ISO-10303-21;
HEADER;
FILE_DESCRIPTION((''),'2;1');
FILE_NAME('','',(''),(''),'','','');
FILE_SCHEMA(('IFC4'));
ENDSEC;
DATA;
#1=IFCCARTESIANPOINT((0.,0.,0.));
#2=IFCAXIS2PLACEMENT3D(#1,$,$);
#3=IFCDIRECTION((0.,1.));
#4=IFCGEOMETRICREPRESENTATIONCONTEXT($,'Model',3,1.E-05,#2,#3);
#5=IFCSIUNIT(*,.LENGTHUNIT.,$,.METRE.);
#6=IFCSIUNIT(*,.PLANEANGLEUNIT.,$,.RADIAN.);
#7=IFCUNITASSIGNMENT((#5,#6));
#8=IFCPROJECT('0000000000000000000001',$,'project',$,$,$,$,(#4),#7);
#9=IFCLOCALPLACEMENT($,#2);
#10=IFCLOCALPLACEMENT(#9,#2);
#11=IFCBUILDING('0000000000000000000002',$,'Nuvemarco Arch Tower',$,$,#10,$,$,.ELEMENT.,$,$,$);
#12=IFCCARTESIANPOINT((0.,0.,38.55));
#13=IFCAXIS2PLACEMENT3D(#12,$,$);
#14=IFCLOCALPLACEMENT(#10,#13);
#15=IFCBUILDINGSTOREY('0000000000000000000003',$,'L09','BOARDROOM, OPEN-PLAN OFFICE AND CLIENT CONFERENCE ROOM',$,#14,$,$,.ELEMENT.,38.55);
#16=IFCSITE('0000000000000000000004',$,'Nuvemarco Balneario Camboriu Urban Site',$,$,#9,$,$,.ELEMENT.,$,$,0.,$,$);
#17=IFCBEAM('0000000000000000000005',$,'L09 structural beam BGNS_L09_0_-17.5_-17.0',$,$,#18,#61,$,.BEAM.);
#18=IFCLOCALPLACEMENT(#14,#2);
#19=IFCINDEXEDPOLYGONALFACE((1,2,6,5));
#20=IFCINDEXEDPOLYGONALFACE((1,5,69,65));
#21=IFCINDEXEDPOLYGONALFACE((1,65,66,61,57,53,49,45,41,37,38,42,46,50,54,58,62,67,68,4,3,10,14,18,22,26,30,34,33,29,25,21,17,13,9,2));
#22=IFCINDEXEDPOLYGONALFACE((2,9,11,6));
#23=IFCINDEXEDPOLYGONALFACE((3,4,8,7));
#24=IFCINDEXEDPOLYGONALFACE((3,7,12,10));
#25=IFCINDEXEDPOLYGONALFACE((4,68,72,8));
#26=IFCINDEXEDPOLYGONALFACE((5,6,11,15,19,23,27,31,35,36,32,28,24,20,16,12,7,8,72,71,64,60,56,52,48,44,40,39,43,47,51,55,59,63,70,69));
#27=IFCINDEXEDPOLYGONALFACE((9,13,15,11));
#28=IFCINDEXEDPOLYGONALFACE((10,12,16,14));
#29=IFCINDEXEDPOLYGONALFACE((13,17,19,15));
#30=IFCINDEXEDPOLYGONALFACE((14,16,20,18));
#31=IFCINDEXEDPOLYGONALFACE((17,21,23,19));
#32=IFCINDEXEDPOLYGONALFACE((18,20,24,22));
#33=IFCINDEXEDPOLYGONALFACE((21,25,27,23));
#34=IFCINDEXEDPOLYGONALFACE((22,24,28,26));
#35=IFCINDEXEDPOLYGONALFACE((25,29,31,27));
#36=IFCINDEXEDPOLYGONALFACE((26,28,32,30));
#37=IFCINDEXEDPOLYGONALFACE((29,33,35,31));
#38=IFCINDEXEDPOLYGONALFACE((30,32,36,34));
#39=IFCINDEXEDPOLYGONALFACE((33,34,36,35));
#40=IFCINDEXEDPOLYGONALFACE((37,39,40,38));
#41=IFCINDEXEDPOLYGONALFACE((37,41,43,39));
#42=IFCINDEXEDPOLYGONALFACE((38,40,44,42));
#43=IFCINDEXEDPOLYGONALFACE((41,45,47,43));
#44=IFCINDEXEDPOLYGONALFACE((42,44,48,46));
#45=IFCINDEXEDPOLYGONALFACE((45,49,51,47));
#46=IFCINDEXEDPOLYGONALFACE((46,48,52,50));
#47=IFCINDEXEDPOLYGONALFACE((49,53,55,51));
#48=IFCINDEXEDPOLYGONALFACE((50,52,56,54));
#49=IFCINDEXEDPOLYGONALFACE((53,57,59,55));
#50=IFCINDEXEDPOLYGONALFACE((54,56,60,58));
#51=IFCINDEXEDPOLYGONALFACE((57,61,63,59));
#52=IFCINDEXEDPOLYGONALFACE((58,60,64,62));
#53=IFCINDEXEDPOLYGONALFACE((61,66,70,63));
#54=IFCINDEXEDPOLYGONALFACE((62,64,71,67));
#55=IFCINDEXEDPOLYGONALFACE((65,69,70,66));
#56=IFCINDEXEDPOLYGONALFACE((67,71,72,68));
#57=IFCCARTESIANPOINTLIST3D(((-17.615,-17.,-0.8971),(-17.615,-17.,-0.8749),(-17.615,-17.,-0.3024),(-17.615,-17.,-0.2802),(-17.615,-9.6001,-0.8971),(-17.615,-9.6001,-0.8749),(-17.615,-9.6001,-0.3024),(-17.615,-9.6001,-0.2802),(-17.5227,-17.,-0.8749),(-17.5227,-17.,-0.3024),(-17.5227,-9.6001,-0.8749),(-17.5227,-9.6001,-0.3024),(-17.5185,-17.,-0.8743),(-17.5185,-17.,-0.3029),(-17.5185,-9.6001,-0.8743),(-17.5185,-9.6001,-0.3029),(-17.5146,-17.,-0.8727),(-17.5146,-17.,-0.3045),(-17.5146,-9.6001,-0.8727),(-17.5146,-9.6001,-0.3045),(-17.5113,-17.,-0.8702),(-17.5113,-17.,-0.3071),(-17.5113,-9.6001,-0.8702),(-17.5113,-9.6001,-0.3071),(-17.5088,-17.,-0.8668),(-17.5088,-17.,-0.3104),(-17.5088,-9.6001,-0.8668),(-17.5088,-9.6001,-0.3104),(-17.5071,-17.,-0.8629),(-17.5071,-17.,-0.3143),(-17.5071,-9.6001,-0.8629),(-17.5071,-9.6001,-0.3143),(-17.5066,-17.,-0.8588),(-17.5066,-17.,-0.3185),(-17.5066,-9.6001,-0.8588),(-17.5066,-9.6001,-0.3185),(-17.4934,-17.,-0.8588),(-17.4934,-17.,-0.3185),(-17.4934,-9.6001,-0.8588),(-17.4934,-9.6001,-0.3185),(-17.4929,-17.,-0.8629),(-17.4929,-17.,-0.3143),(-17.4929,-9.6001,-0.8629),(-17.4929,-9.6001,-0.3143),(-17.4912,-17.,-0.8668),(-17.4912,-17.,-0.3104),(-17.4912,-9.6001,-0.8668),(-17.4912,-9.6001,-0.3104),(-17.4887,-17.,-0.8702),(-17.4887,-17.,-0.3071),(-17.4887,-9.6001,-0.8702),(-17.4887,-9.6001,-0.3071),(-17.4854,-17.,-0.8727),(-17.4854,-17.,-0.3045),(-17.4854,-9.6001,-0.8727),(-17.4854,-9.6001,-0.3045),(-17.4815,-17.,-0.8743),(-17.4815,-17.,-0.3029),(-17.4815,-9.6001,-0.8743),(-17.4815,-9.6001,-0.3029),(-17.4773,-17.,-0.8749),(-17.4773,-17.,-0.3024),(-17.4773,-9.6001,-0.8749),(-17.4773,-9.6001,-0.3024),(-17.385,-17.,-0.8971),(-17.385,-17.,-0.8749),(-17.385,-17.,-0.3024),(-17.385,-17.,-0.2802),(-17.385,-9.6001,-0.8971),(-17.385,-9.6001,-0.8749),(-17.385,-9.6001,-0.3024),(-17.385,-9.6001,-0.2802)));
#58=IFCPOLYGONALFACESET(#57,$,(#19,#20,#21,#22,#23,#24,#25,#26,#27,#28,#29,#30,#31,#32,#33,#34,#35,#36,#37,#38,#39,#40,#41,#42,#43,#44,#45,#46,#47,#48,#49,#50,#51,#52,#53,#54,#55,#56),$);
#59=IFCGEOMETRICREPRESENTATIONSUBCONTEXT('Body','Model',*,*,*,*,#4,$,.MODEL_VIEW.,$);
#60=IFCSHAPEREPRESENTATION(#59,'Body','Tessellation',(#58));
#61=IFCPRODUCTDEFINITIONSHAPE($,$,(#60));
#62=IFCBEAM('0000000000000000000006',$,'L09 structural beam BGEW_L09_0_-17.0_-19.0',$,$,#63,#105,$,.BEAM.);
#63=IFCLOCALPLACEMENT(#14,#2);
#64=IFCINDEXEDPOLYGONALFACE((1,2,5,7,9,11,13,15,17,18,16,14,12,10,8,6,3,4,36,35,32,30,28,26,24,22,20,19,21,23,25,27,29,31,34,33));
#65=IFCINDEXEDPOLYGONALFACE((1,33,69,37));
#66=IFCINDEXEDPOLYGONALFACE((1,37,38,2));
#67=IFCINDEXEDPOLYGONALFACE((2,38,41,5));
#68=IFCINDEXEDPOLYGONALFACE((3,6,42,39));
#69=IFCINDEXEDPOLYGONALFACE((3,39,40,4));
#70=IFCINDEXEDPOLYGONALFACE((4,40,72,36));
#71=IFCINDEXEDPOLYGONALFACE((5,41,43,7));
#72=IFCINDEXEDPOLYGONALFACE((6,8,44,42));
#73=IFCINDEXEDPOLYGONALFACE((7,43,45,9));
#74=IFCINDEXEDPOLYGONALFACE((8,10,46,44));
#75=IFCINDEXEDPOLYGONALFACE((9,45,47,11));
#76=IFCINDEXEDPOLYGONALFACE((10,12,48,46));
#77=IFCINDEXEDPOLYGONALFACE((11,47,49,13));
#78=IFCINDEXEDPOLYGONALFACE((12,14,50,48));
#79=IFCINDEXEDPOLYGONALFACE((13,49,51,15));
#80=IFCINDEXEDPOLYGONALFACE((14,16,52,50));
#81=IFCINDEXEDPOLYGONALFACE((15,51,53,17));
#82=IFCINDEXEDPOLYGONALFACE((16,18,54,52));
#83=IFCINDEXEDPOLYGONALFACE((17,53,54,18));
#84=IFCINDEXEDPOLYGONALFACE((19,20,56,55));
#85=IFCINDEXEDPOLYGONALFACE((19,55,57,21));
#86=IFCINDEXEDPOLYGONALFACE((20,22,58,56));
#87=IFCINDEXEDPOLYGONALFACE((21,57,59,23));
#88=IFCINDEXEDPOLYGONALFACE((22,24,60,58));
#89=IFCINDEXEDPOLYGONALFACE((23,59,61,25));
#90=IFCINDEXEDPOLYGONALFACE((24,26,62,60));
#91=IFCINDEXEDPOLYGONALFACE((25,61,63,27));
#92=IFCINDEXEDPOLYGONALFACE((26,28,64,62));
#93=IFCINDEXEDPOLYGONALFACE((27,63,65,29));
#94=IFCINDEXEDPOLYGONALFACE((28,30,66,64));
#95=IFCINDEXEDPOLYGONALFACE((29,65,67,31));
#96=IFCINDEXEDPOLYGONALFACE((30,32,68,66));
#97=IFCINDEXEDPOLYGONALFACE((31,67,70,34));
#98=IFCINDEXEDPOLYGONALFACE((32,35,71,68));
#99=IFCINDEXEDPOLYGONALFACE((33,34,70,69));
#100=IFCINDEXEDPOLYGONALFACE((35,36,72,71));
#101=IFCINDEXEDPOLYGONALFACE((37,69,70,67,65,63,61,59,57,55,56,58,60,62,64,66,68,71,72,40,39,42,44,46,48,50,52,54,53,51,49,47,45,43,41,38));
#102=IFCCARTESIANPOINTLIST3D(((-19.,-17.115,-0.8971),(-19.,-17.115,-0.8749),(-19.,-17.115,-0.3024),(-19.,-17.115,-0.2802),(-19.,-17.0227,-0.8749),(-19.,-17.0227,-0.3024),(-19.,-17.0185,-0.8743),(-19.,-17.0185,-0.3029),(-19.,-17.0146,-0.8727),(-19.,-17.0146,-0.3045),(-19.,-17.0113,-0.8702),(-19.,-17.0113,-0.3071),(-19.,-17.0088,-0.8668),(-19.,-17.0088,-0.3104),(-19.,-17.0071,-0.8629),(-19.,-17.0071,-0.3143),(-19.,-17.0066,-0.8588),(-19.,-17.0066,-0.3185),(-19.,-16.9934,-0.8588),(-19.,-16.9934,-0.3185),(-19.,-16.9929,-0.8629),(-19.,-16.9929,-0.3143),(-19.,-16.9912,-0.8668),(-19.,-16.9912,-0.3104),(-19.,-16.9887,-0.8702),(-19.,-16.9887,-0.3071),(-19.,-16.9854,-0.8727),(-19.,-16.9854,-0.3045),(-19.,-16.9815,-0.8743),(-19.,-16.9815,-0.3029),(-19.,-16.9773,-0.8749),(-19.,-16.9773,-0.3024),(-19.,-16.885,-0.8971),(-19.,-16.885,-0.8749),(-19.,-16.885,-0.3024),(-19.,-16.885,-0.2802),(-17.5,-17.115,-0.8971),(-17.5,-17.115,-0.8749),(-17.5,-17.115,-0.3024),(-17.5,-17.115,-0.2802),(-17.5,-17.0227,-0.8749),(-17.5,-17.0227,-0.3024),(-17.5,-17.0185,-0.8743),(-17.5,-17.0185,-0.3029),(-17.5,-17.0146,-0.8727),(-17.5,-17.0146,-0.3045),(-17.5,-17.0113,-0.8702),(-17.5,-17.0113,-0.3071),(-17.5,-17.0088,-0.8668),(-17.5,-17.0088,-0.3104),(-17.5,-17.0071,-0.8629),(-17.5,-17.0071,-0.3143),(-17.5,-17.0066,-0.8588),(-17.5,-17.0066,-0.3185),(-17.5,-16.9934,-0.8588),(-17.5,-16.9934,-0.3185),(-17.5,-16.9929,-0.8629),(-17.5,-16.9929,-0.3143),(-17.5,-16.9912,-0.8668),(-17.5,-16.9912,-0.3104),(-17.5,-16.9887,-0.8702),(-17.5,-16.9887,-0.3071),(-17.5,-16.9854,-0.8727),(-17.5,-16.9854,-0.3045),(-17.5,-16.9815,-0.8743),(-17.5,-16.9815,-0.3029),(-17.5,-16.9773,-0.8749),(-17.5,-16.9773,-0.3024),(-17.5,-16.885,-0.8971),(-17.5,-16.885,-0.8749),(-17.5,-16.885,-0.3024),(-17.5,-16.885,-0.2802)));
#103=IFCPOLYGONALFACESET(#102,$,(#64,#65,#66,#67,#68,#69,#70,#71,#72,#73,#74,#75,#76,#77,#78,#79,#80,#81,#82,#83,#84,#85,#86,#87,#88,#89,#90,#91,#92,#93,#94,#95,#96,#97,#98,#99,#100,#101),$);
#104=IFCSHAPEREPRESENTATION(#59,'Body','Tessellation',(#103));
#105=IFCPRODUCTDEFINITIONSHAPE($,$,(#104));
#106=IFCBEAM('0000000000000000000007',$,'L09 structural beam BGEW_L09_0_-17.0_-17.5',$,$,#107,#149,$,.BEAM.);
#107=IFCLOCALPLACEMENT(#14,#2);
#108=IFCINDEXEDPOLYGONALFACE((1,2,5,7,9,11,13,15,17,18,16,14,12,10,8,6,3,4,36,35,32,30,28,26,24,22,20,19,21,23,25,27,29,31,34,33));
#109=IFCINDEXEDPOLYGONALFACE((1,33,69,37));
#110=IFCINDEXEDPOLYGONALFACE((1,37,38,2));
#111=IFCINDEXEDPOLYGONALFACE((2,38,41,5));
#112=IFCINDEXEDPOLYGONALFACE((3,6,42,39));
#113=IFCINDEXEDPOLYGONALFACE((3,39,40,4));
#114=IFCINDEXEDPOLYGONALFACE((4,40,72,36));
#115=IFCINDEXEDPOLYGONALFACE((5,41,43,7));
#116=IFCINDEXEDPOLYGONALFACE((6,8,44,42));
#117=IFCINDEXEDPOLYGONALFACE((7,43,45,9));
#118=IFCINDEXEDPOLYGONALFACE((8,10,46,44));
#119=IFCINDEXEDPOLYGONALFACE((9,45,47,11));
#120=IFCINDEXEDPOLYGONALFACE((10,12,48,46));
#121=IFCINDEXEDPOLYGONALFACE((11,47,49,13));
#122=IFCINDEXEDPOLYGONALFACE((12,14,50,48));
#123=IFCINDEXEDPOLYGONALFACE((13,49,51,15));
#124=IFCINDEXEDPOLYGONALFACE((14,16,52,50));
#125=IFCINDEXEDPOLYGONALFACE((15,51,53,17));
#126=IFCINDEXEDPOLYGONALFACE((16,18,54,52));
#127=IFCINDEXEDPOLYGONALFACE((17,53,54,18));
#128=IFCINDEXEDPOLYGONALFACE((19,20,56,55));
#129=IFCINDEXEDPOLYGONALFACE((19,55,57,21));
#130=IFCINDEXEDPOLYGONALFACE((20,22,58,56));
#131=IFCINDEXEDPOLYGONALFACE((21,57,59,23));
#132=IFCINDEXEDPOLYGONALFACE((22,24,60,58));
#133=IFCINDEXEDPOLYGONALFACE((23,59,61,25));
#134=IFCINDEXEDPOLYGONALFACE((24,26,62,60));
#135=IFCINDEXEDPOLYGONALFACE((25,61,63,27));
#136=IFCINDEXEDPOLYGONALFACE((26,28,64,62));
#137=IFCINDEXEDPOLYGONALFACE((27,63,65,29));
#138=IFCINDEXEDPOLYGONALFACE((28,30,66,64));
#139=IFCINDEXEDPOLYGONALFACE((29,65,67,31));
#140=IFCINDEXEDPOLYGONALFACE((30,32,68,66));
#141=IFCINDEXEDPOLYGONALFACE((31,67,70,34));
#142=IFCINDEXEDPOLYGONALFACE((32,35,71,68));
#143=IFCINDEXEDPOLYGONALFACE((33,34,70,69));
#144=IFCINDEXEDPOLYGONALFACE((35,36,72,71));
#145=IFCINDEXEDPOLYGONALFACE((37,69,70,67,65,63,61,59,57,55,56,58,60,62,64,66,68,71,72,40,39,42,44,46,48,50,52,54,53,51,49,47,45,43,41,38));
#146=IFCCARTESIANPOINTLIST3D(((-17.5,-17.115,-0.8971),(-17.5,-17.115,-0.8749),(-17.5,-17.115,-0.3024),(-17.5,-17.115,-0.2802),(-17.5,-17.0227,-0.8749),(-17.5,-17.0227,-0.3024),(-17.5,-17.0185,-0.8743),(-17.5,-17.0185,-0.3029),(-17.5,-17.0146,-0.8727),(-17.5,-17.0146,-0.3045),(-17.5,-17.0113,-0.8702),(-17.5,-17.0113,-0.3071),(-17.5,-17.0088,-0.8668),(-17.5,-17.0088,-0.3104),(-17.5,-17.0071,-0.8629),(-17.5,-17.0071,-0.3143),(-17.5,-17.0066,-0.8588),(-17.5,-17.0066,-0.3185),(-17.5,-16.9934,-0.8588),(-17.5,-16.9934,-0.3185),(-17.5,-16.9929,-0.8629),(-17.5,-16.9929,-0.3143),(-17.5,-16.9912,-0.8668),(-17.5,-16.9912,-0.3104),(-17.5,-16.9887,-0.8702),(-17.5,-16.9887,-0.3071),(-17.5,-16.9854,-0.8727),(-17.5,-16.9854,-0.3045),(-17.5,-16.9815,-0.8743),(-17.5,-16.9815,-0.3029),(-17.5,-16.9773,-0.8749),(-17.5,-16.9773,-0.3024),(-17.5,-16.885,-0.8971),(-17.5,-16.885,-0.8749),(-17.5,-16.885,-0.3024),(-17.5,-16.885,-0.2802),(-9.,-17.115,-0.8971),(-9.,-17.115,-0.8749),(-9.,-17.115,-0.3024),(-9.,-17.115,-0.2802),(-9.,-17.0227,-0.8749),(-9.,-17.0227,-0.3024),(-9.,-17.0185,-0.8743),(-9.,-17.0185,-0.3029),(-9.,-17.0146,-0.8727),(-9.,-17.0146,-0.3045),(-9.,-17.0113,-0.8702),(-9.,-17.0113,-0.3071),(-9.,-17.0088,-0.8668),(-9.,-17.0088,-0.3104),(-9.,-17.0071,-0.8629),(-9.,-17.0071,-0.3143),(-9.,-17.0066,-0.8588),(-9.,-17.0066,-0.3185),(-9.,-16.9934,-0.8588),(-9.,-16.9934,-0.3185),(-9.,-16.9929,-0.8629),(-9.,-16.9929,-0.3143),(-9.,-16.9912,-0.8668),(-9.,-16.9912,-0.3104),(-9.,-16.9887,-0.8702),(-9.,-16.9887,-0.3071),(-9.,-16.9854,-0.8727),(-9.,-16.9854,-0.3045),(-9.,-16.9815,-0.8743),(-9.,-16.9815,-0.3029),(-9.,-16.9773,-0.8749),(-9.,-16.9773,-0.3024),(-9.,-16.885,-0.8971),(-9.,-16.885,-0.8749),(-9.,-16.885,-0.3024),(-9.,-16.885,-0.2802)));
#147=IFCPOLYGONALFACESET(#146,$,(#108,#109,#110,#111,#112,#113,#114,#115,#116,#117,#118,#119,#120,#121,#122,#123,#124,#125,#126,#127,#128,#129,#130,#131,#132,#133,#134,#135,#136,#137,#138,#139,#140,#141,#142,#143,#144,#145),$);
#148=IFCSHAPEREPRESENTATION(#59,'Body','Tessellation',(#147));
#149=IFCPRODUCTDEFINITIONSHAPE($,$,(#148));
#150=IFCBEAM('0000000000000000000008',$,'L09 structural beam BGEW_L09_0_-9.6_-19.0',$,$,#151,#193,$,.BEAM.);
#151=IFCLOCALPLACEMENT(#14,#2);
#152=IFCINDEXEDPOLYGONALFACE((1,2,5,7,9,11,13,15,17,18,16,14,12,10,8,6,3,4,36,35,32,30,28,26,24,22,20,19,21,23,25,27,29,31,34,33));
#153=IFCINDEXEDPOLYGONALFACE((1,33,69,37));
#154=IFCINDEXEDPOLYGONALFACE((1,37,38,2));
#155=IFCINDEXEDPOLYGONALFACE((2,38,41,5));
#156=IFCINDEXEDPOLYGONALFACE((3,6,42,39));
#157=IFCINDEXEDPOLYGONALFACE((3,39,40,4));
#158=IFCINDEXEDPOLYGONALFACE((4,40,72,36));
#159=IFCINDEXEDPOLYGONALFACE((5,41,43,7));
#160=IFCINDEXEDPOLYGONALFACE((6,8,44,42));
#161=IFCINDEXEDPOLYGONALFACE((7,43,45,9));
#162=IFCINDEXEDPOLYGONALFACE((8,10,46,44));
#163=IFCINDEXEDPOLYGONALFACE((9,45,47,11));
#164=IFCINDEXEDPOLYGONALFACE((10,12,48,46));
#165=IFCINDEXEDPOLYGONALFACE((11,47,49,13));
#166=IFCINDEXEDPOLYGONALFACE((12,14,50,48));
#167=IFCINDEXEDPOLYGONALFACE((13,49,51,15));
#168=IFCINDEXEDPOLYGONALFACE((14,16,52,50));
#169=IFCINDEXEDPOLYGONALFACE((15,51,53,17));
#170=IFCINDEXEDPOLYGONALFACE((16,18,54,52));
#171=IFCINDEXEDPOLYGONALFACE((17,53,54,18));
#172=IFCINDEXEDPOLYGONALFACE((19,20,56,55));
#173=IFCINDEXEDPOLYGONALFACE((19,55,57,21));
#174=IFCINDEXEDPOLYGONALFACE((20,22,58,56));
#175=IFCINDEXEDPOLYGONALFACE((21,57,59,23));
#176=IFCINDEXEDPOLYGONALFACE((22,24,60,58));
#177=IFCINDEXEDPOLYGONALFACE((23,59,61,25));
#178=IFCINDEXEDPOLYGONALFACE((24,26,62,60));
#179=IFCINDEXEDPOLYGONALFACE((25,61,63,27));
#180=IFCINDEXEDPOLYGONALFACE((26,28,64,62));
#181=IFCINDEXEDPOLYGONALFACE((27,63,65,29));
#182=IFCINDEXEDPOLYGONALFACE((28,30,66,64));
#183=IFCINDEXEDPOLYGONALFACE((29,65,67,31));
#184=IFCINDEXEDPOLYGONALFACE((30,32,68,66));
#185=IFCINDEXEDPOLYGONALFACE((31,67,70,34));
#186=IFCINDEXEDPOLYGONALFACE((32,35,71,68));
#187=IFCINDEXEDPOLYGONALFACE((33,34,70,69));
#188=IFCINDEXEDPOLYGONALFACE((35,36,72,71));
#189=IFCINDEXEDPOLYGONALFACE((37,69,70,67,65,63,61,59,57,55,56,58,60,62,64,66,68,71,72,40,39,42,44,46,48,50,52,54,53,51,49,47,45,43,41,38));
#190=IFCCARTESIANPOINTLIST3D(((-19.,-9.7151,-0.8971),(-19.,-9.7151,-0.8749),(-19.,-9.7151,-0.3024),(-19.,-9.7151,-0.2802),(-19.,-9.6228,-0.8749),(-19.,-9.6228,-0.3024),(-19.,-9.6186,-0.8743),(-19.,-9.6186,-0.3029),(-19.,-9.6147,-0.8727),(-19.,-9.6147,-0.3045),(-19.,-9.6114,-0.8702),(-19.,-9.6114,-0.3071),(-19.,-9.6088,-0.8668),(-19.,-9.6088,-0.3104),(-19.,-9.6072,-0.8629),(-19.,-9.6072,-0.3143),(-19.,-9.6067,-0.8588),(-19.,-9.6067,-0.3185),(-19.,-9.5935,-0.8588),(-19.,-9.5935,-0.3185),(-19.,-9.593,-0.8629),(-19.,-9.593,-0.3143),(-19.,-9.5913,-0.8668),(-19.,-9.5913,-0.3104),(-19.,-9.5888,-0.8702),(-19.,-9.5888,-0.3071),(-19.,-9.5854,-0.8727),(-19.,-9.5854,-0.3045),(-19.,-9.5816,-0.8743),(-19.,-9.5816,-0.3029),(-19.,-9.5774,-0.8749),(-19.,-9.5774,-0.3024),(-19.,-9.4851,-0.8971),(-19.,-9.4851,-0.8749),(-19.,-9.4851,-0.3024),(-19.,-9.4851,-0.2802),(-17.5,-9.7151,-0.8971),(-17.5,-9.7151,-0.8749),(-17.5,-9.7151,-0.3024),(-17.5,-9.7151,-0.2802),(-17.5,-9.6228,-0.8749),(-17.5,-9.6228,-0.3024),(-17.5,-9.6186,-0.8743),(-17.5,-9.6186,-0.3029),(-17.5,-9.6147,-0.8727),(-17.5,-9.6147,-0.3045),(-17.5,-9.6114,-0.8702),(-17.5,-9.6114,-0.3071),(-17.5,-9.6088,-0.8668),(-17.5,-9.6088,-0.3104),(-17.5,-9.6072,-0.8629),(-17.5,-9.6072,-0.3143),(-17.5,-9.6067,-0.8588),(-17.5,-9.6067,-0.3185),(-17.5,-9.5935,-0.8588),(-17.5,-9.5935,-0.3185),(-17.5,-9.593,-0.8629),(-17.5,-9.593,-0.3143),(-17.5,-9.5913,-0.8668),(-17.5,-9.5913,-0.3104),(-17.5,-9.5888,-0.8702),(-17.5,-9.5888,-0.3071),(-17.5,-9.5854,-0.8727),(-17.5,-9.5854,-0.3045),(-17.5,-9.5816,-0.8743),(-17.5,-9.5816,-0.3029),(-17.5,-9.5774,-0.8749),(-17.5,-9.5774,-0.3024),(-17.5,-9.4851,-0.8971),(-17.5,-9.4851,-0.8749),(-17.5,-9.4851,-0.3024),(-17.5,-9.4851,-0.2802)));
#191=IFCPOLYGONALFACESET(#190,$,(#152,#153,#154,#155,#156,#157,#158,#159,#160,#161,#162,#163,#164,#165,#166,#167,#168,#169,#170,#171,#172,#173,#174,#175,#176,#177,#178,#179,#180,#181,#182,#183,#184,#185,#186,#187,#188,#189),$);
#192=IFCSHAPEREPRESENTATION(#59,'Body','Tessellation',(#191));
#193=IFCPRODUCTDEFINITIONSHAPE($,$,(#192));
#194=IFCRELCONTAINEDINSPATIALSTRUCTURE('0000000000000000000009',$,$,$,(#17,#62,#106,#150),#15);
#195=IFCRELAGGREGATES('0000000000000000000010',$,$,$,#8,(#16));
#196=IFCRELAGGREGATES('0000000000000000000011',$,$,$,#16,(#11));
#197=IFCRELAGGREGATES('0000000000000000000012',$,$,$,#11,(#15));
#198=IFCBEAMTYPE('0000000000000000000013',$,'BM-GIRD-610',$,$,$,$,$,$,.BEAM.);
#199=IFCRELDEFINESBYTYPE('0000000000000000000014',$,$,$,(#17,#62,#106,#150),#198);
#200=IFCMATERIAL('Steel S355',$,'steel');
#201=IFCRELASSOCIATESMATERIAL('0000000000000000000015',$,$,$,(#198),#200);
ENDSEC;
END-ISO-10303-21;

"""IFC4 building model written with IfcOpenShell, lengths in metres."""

from ifc_helpers import new_model, si_unit, direction, frame, origin, origin_2d, place, context, subcontext, project, spatial, i_section, extrude, material, material_profile, profile_set, type_object, element, save


model = new_model("IFC4")

# Units and contexts
model_context = context("Model", 3, precision=1e-05, world=origin(), true_north=direction((0.0, 1.0)))
body_context = subcontext(model_context, "Body", "Model", "MODEL_VIEW")
ifc_project = project(units=[si_unit("LENGTHUNIT", "METRE"), si_unit("PLANEANGLEUNIT", "RADIAN")], contexts=[model_context])

# Site, building, storey
site_placement = place(None, origin())
site = spatial("IfcSite", under=ifc_project, at=site_placement, Name="Nuvemarco Balneario Camboriu Urban Site", CompositionType="ELEMENT", RefElevation=0.0)
building_placement = place(site_placement, origin())
building = spatial("IfcBuilding", under=site, at=building_placement, Name="Nuvemarco Arch Tower", CompositionType="ELEMENT")
storey_placement = place(building_placement, frame((0.0, 0.0, 38.55)))
storey = spatial("IfcBuildingStorey", under=building, at=storey_placement, Name="L09", Description="BOARDROOM, OPEN-PLAN OFFICE AND CLIENT CONFERENCE ROOM", CompositionType="ELEMENT", Elevation=38.55)

# Shared definitions
ifc_material_1 = material(Name="Steel S355", Category="steel")

# Beams
ifc_material_profile_1 = material_profile(ifc_material_1, i_section(OverallWidth=0.23, OverallDepth=0.6169, WebThickness=0.0132, FlangeThickness=0.0222, FilletRadius=0.0161, at=origin_2d()), Name="W610x140")
ifc_profile_set_1 = profile_set([ifc_material_profile_1], Name="Steel S355")
beam_type_1 = type_object("IfcBeamType", Name="BM-GIRD-610", PredefinedType="BEAM", material=ifc_profile_set_1)
beam_1_placement = place(storey_placement, frame((-17.5, -17.0, -0.5886), z_axis=(0.0, 1.0, 0.0), x_axis=(-1.0, 0.0, 0.0)))
element("IfcBeam", 1, at=beam_1_placement, inside=storey, type_object=beam_type_1, Name="L09 structural beam BGNS_L09_0_-17.5_-17.0", PredefinedType="BEAM", context=body_context, shape_type="SweptSolid", body=[
    extrude(i_section(OverallWidth=0.23, OverallDepth=0.6169, WebThickness=0.0132, FlangeThickness=0.0222, FilletRadius=0.0161, at=origin_2d()), origin(), (0.0, 0.0, 1.0), 7.3999),
])
beam_2_placement = place(storey_placement, frame((-19.0, -17.0, -0.5886), z_axis=(1.0, 0.0, 0.0), x_axis=(0.0, 1.0, 0.0)))
element("IfcBeam", 2, at=beam_2_placement, inside=storey, type_object=beam_type_1, Name="L09 structural beam BGEW_L09_0_-17.0_-19.0", PredefinedType="BEAM", context=body_context, shape_type="SweptSolid", body=[
    extrude(i_section(OverallWidth=0.23, OverallDepth=0.6169, WebThickness=0.0132, FlangeThickness=0.0222, FilletRadius=0.0161, at=origin_2d()), origin(), (0.0, 0.0, 1.0), 1.5),
])
beam_3_placement = place(storey_placement, frame((-17.5, -17.0, -0.5886), z_axis=(1.0, 0.0, 0.0), x_axis=(0.0, 1.0, 0.0)))
element("IfcBeam", 3, at=beam_3_placement, inside=storey, type_object=beam_type_1, Name="L09 structural beam BGEW_L09_0_-17.0_-17.5", PredefinedType="BEAM", context=body_context, shape_type="SweptSolid", body=[
    extrude(i_section(OverallWidth=0.23, OverallDepth=0.6169, WebThickness=0.0132, FlangeThickness=0.0222, FilletRadius=0.0161, at=origin_2d()), origin(), (0.0, 0.0, 1.0), 8.5),
])
beam_4_placement = place(storey_placement, frame((-19.0, -9.6001, -0.5886), z_axis=(1.0, 0.0, 0.0), x_axis=(0.0, 1.0, 0.0)))
element("IfcBeam", 4, at=beam_4_placement, inside=storey, type_object=beam_type_1, Name="L09 structural beam BGEW_L09_0_-9.6_-19.0", PredefinedType="BEAM", context=body_context, shape_type="SweptSolid", body=[
    extrude(i_section(OverallWidth=0.23, OverallDepth=0.6169, WebThickness=0.0132, FlangeThickness=0.0222, FilletRadius=0.0161, at=origin_2d()), origin(), (0.0, 0.0, 1.0), 1.5),
])

save(model, "model.ifc")
